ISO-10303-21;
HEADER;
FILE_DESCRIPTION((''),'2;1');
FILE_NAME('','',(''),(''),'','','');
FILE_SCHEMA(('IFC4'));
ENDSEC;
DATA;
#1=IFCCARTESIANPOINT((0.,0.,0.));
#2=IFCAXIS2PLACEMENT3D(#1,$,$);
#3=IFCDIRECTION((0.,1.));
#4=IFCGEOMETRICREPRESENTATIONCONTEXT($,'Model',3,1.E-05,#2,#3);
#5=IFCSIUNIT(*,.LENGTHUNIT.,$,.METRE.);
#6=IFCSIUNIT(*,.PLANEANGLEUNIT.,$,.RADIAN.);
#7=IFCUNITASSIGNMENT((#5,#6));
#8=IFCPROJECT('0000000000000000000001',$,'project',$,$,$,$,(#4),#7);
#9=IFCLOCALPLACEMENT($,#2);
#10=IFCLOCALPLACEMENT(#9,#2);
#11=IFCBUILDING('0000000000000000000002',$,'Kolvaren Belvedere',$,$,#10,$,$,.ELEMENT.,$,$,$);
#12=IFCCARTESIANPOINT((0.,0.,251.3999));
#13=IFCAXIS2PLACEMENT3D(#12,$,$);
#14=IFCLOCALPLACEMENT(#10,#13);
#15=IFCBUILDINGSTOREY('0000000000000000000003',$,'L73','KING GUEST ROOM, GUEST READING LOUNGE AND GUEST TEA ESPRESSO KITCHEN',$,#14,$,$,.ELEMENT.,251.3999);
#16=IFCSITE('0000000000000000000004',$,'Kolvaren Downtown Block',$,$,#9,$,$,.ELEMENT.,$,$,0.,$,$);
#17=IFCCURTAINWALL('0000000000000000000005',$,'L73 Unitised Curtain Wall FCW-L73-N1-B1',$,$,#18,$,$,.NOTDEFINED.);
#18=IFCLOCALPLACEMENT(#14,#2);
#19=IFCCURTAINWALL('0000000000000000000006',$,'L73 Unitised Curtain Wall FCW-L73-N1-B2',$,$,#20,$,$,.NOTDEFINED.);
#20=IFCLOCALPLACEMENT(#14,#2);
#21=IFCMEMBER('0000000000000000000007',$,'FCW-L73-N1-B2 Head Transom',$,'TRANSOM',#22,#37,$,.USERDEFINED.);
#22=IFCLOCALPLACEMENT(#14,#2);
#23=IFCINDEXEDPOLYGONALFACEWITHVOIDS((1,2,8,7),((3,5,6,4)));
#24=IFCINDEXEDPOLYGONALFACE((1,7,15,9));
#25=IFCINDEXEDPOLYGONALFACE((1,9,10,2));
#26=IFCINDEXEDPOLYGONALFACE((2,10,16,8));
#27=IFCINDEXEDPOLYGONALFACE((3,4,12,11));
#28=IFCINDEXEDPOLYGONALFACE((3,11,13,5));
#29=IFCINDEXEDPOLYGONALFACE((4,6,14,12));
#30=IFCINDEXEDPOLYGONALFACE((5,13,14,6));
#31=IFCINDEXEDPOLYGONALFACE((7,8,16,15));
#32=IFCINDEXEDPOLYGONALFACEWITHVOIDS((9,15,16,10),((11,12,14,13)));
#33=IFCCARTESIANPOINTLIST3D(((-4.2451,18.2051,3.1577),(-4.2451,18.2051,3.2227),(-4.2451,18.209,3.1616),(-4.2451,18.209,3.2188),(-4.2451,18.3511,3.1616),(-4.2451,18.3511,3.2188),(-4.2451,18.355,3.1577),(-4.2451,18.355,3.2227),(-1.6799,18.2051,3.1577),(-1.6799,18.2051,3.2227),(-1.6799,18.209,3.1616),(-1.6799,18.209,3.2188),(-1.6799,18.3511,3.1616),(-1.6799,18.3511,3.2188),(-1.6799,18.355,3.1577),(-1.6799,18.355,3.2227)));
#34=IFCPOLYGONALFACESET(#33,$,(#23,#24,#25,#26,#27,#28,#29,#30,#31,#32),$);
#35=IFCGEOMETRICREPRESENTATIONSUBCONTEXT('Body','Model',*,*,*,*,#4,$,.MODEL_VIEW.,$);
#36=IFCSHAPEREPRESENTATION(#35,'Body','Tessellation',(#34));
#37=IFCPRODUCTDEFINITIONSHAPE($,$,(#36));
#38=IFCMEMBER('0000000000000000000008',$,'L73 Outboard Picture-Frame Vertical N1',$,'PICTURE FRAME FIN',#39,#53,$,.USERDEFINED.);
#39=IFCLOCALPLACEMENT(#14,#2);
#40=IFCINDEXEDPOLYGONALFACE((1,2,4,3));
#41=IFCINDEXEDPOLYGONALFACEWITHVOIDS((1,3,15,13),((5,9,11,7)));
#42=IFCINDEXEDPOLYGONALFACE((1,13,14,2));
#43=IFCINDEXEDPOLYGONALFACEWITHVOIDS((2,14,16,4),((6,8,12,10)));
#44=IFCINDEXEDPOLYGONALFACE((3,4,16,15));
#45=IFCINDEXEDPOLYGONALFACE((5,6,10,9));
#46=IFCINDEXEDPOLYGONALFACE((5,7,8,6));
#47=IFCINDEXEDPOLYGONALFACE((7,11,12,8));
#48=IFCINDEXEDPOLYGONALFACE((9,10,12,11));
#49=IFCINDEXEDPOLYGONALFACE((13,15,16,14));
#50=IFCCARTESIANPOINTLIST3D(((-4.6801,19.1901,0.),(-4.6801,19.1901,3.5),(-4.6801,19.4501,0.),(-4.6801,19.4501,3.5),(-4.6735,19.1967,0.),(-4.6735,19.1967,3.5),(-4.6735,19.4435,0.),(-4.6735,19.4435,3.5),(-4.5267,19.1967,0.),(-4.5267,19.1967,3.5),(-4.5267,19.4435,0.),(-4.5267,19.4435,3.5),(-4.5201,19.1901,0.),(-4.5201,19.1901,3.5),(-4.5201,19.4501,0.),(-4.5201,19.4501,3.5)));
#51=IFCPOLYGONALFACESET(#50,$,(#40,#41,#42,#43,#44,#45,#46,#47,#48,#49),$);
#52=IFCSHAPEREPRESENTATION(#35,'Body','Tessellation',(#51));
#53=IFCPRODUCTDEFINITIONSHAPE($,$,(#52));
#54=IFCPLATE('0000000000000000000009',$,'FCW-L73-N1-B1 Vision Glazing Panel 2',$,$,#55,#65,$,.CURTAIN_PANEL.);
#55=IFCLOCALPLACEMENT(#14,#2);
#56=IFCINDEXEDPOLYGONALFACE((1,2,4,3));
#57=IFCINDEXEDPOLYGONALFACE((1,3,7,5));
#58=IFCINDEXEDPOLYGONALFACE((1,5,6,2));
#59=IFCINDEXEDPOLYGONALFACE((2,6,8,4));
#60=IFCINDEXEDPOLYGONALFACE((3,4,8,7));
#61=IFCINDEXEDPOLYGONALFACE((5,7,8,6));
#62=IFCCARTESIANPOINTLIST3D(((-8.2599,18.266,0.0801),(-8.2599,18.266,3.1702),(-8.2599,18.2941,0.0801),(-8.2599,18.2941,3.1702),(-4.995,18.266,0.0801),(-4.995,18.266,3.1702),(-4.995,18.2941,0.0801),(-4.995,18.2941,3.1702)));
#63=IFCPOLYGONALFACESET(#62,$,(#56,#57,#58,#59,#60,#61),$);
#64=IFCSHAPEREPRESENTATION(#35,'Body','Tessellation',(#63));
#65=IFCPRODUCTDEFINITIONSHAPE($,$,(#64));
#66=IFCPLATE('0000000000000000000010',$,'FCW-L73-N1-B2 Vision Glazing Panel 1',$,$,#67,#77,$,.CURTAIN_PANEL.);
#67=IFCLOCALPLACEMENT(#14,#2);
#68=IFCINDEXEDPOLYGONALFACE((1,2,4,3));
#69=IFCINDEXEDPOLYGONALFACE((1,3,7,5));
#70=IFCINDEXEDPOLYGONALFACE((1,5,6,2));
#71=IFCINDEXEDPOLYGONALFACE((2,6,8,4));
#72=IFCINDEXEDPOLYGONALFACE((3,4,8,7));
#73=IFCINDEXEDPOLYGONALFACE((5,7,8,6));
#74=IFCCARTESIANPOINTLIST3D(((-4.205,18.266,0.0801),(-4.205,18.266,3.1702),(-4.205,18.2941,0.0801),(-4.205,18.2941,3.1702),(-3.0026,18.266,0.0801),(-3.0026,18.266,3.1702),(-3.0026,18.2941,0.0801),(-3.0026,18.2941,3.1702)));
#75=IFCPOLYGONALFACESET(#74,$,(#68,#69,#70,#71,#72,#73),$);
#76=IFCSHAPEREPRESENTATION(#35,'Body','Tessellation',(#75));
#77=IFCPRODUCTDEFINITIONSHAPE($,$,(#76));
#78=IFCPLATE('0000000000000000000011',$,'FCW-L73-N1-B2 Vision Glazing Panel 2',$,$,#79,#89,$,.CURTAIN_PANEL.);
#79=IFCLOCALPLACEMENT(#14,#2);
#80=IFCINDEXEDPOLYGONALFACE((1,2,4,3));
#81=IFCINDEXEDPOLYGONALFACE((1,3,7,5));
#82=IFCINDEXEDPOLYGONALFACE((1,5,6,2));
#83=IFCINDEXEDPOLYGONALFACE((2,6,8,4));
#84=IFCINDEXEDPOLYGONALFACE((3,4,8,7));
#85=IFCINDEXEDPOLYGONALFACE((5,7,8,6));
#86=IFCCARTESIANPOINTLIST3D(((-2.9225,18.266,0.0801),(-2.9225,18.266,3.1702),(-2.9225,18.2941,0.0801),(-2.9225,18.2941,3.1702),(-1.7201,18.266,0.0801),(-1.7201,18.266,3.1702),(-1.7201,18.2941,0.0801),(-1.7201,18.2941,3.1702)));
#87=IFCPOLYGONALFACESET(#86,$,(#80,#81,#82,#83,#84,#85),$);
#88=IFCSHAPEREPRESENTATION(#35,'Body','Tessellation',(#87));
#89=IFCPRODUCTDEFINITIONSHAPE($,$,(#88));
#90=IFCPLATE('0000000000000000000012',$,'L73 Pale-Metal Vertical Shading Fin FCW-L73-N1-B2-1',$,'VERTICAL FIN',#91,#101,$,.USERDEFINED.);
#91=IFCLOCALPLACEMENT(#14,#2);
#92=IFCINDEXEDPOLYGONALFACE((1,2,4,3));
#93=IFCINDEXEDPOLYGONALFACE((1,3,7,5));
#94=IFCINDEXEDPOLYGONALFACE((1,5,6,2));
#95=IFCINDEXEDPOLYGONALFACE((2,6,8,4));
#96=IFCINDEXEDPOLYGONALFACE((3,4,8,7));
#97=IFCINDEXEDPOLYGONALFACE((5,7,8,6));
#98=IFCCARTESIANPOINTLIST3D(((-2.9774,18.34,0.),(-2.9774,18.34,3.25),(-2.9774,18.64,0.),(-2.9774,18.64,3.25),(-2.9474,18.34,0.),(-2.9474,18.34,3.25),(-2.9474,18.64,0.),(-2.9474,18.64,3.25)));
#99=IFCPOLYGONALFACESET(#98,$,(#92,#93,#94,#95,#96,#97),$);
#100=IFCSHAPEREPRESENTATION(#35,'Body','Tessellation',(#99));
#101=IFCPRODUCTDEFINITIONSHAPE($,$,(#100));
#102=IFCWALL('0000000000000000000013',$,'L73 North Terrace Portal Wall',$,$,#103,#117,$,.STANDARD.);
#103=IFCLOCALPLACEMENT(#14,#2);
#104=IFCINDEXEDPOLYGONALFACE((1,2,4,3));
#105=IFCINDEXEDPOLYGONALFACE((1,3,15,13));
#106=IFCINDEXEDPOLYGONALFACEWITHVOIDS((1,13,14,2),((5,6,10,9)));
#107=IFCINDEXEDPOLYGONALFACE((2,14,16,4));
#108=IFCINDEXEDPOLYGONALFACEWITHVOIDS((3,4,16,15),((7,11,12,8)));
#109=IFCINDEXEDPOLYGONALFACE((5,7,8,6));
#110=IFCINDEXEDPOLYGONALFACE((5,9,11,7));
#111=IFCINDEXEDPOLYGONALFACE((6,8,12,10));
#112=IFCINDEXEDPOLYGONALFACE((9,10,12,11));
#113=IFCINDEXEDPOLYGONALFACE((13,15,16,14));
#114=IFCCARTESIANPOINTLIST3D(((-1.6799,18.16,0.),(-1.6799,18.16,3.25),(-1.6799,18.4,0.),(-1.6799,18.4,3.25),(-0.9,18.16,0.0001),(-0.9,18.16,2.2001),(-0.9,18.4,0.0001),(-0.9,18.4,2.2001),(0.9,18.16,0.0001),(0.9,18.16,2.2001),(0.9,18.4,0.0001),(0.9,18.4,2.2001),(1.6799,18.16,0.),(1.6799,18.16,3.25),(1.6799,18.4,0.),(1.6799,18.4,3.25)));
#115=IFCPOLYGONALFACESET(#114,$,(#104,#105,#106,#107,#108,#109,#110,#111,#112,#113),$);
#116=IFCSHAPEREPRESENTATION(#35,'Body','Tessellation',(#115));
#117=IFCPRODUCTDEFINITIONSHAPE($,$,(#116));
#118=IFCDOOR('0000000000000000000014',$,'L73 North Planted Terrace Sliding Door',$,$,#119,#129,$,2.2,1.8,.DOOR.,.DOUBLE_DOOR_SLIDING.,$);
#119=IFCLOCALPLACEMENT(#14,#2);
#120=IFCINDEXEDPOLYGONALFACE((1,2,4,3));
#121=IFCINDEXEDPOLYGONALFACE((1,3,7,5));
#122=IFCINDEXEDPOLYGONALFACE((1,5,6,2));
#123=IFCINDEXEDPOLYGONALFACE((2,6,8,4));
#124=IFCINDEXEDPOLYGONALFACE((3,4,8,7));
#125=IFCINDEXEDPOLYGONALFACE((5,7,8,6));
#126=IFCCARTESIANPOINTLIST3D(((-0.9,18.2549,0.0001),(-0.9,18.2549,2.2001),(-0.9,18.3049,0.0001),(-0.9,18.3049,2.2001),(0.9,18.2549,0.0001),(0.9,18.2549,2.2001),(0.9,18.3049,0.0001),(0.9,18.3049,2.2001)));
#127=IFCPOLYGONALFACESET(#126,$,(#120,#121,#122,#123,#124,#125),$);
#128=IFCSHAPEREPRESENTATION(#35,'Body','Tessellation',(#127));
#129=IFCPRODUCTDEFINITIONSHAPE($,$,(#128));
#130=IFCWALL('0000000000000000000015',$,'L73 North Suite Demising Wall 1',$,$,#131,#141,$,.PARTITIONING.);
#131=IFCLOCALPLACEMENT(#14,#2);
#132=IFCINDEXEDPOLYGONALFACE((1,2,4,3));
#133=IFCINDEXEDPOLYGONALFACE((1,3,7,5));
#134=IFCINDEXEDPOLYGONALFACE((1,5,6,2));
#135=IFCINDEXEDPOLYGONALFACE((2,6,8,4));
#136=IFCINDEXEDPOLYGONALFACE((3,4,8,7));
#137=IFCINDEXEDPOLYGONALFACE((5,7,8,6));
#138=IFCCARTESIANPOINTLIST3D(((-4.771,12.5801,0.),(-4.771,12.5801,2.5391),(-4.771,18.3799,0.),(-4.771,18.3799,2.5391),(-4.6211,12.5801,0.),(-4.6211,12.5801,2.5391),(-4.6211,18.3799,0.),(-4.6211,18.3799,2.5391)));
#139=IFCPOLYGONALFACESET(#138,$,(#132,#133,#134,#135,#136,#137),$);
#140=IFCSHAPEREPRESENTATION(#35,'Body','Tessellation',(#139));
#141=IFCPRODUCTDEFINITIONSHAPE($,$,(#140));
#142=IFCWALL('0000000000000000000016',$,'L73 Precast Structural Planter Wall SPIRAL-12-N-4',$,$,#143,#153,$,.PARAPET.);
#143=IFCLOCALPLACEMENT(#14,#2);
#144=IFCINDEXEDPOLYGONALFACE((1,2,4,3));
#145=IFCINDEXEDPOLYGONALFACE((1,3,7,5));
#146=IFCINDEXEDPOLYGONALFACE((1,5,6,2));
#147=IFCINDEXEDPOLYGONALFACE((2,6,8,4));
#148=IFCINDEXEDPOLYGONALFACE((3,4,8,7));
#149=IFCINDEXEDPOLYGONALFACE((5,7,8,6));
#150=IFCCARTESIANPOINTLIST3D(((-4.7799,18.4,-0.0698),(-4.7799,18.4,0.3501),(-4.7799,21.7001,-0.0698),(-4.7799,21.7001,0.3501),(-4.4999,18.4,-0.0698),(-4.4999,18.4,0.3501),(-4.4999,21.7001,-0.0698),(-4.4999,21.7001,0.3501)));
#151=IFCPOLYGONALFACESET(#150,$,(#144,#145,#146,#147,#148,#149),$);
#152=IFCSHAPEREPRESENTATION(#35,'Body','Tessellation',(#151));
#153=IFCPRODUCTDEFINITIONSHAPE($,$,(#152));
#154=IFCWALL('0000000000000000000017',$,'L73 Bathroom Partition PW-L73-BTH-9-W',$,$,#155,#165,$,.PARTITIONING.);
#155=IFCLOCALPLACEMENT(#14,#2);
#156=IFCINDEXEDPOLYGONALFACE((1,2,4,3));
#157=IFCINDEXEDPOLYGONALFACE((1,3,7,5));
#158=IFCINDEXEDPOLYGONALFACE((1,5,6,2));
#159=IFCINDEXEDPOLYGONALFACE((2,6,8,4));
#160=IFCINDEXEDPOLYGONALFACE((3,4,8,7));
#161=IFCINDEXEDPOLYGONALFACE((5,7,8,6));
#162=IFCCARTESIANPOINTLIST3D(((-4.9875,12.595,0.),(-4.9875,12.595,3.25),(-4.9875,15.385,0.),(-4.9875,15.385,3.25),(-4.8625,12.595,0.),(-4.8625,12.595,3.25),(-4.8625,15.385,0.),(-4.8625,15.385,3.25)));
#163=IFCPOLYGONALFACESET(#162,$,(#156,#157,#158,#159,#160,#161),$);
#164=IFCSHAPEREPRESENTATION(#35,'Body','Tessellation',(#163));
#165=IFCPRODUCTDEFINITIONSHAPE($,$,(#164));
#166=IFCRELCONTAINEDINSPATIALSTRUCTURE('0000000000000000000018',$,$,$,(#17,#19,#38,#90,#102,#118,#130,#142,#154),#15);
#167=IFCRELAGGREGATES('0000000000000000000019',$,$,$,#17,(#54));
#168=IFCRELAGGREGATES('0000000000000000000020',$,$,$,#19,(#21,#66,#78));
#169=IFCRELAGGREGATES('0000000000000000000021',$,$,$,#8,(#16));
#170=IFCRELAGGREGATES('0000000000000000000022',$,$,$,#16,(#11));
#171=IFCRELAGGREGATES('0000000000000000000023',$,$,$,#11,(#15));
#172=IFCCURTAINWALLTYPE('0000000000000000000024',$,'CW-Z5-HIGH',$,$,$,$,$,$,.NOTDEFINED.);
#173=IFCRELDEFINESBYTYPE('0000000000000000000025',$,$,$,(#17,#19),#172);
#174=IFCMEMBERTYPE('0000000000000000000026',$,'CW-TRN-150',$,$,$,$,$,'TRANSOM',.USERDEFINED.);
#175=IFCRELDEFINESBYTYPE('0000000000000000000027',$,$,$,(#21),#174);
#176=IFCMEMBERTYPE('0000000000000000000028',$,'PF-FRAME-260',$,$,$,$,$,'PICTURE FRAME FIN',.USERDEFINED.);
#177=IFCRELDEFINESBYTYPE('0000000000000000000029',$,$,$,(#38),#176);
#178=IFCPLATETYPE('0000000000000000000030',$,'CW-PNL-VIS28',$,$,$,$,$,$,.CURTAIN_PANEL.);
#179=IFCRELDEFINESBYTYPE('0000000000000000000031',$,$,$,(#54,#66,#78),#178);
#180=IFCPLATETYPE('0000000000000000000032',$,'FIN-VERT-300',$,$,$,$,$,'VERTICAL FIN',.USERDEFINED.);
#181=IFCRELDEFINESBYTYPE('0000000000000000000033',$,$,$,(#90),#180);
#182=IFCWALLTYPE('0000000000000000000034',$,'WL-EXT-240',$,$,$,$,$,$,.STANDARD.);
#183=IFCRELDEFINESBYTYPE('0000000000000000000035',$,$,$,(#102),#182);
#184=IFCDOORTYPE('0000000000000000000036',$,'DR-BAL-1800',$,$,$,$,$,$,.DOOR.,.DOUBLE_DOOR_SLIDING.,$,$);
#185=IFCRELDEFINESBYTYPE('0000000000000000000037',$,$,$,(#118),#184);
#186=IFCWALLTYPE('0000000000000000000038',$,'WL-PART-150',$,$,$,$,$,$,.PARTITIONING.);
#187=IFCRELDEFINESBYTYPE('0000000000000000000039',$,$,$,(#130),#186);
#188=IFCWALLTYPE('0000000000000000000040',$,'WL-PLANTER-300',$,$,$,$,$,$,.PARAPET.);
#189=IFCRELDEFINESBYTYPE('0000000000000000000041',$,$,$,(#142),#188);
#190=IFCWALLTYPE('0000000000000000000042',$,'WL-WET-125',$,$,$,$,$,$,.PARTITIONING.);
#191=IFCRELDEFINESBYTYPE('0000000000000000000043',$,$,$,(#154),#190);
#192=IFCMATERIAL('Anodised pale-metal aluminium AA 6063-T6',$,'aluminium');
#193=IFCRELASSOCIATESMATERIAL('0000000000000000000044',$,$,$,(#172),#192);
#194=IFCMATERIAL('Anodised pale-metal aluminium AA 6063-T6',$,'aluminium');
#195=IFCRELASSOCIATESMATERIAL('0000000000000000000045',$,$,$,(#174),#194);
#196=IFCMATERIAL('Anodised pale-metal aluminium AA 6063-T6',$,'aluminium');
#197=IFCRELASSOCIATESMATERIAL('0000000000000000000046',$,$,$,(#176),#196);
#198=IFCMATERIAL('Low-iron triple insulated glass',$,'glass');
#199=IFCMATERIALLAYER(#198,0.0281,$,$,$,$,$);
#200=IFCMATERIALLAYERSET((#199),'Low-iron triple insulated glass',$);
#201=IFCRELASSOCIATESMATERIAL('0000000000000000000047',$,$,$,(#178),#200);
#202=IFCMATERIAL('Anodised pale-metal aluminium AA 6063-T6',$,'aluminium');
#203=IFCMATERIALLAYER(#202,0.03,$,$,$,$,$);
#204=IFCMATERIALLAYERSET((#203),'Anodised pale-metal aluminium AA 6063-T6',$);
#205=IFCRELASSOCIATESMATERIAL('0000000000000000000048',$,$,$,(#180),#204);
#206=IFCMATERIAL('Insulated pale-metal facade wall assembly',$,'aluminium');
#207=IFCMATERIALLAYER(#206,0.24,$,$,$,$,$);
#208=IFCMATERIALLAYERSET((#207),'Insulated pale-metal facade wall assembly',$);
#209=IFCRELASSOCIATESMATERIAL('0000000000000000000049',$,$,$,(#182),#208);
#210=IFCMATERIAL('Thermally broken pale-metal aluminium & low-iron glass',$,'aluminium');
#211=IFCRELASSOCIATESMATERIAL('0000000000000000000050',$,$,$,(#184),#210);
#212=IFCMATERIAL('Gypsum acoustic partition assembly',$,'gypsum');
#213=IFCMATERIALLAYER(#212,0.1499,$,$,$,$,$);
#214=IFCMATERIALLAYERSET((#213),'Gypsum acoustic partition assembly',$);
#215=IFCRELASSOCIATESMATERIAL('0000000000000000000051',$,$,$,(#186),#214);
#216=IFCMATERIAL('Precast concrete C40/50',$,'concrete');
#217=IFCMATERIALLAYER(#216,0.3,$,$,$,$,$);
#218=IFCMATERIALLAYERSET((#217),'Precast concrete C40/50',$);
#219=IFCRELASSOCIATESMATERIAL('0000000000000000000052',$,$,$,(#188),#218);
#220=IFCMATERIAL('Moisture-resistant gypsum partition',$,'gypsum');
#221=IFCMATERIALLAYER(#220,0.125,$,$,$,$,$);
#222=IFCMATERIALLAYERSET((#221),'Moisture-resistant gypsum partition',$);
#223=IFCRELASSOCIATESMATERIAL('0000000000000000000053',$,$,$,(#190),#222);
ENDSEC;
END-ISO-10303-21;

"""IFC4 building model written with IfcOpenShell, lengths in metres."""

from ifc_helpers import new_model, si_unit, direction, frame, frame_2d, origin, origin_2d, place, context, subcontext, project, spatial, rectangle, hollow_rectangle, extrude, material, layer, layer_set, material_profile, profile_set, type_object, element, fill, aggregate, save


model = new_model("IFC4")

# Units and contexts
model_context = context("Model", 3, precision=1e-05, world=origin(), true_north=direction((0.0, 1.0)))
body_context = subcontext(model_context, "Body", "Model", "MODEL_VIEW")
ifc_project = project(units=[si_unit("LENGTHUNIT", "METRE"), si_unit("PLANEANGLEUNIT", "RADIAN")], contexts=[model_context])

# Site, building, storey
site_placement = place(None, origin())
site = spatial("IfcSite", under=ifc_project, at=site_placement, Name="Kolvaren Downtown Block", CompositionType="ELEMENT", RefElevation=0.0)
building_placement = place(site_placement, origin())
building = spatial("IfcBuilding", under=site, at=building_placement, Name="Kolvaren Belvedere", CompositionType="ELEMENT")
storey_placement = place(building_placement, frame((0.0, 0.0, 251.3999)))
storey = spatial("IfcBuildingStorey", under=building, at=storey_placement, Name="L73", Description="KING GUEST ROOM, GUEST READING LOUNGE AND GUEST TEA ESPRESSO KITCHEN", CompositionType="ELEMENT", Elevation=251.3999)

# Curtain wall
ifc_material_1 = material(Name="Anodised pale-metal aluminium AA 6063-T6", Category="aluminium")
curtain_wall_type = type_object("IfcCurtainWallType", Name="CW-Z5-HIGH", PredefinedType="NOTDEFINED", material=ifc_material_1)
curtain_wall_1_placement = place(storey_placement, origin())
curtain_wall_1 = element("IfcCurtainWall", 1, at=curtain_wall_1_placement, inside=storey, type_object=curtain_wall_type, Name="L73 Unitised Curtain Wall FCW-L73-N1-B1", PredefinedType="NOTDEFINED")

# Curtain wall, member
curtain_wall_2_placement = place(storey_placement, origin())
curtain_wall_2 = element("IfcCurtainWall", 2, at=curtain_wall_2_placement, inside=storey, type_object=curtain_wall_type, Name="L73 Unitised Curtain Wall FCW-L73-N1-B2", PredefinedType="NOTDEFINED")
ifc_material_2 = material(Name="Anodised pale-metal aluminium AA 6063-T6", Category="aluminium")
ifc_material_profile_1 = material_profile(ifc_material_2, hollow_rectangle(XDim=0.0649, YDim=0.1499, WallThickness=0.0039, at=origin_2d()), Name="ALU-TRN-150X65")
ifc_profile_set_1 = profile_set([ifc_material_profile_1], Name="Anodised pale-metal aluminium AA 6063-T6")
member_type_1 = type_object("IfcMemberType", Name="CW-TRN-150", ElementType="TRANSOM", PredefinedType="USERDEFINED", material=ifc_profile_set_1)
member_1_placement = place(storey_placement, frame((-4.2451, 18.28, 3.1902), z_axis=(1.0, 0.0, 0.0), x_axis=(0.0, 0.0, 1.0)))
member_1 = element("IfcMember", 3, at=member_1_placement, type_object=member_type_1, Name="FCW-L73-N1-B2 Head Transom", ObjectType="TRANSOM", PredefinedType="USERDEFINED", context=body_context, shape_type="SweptSolid", body=[
    extrude(hollow_rectangle(XDim=0.0649, YDim=0.1499, WallThickness=0.0039, at=origin_2d()), origin(), (0.0, 0.0, 1.0), 2.5652),
])

# Member
ifc_material_3 = material(Name="Anodised pale-metal aluminium AA 6063-T6", Category="aluminium")
ifc_material_profile_2 = material_profile(ifc_material_3, hollow_rectangle(XDim=0.1599, YDim=0.26, WallThickness=0.0066, at=origin_2d()), Name="ALU-PF-260X160")
ifc_profile_set_2 = profile_set([ifc_material_profile_2], Name="Anodised pale-metal aluminium AA 6063-T6")
member_type_2 = type_object("IfcMemberType", Name="PF-FRAME-260", ElementType="PICTURE FRAME FIN", PredefinedType="USERDEFINED", material=ifc_profile_set_2)
member_2_placement = place(storey_placement, frame((-4.6001, 19.3201, 0.0), z_axis=(0.0, 0.0, 1.0), x_axis=(1.0, 0.0, 0.0)))
element("IfcMember", 4, at=member_2_placement, inside=storey, type_object=member_type_2, Name="L73 Outboard Picture-Frame Vertical N1", ObjectType="PICTURE FRAME FIN", PredefinedType="USERDEFINED", context=body_context, shape_type="SweptSolid", body=[
    extrude(hollow_rectangle(XDim=0.1599, YDim=0.26, WallThickness=0.0066, at=origin_2d()), origin(), (0.0, 0.0, 1.0), 3.5),
])

# Plates
ifc_material_4 = material(Name="Low-iron triple insulated glass", Category="glass")
ifc_layer_1 = layer(ifc_material_4, 0.0281)
ifc_layer_set_1 = layer_set([ifc_layer_1], Name="Low-iron triple insulated glass")
plate_type_1 = type_object("IfcPlateType", Name="CW-PNL-VIS28", PredefinedType="CURTAIN_PANEL", material=ifc_layer_set_1)
plate_1_placement = place(storey_placement, frame((-6.6274, 18.28, 0.0801), z_axis=(0.0, 0.0, 1.0), x_axis=(1.0, 0.0, 0.0)))
plate_1 = element("IfcPlate", 5, at=plate_1_placement, type_object=plate_type_1, Name="FCW-L73-N1-B1 Vision Glazing Panel 2", PredefinedType="CURTAIN_PANEL", context=body_context, shape_type="SweptSolid", body=[
    extrude(rectangle(XDim=3.2649, YDim=0.0281, at=origin_2d()), origin(), (0.0, 0.0, 1.0), 3.0901),
])
aggregate(curtain_wall_1, [plate_1])
plate_2_placement = place(storey_placement, frame((-3.6038, 18.28, 0.0801), z_axis=(0.0, 0.0, 1.0), x_axis=(1.0, 0.0, 0.0)))
plate_2 = element("IfcPlate", 6, at=plate_2_placement, type_object=plate_type_1, Name="FCW-L73-N1-B2 Vision Glazing Panel 1", PredefinedType="CURTAIN_PANEL", context=body_context, shape_type="SweptSolid", body=[
    extrude(rectangle(XDim=1.2024, YDim=0.0281, at=origin_2d()), origin(), (0.0, 0.0, 1.0), 3.0901),
])
plate_3_placement = place(storey_placement, frame((-2.3213, 18.28, 0.0801), z_axis=(0.0, 0.0, 1.0), x_axis=(1.0, 0.0, 0.0)))
plate_3 = element("IfcPlate", 7, at=plate_3_placement, type_object=plate_type_1, Name="FCW-L73-N1-B2 Vision Glazing Panel 2", PredefinedType="CURTAIN_PANEL", context=body_context, shape_type="SweptSolid", body=[
    extrude(rectangle(XDim=1.2024, YDim=0.0281, at=origin_2d()), origin(), (0.0, 0.0, 1.0), 3.0901),
])
aggregate(curtain_wall_2, [member_1, plate_2, plate_3])
ifc_material_5 = material(Name="Anodised pale-metal aluminium AA 6063-T6", Category="aluminium")
ifc_layer_2 = layer(ifc_material_5, 0.03)
ifc_layer_set_2 = layer_set([ifc_layer_2], Name="Anodised pale-metal aluminium AA 6063-T6")
plate_type_2 = type_object("IfcPlateType", Name="FIN-VERT-300", ElementType="VERTICAL FIN", PredefinedType="USERDEFINED", material=ifc_layer_set_2)
plate_4_placement = place(storey_placement, frame((-2.9624, 18.49, 0.0), z_axis=(0.0, 0.0, 1.0), x_axis=(0.0, 1.0, 0.0)))
element("IfcPlate", 8, at=plate_4_placement, inside=storey, type_object=plate_type_2, Name="L73 Pale-Metal Vertical Shading Fin FCW-L73-N1-B2-1", ObjectType="VERTICAL FIN", PredefinedType="USERDEFINED", context=body_context, shape_type="SweptSolid", body=[
    extrude(rectangle(XDim=0.3, YDim=0.03, at=origin_2d()), origin(), (0.0, 0.0, 1.0), 3.25),
])

# Wall, opening, door
ifc_material_6 = material(Name="Insulated pale-metal facade wall assembly", Category="aluminium")
ifc_layer_3 = layer(ifc_material_6, 0.24)
ifc_layer_set_3 = layer_set([ifc_layer_3], Name="Insulated pale-metal facade wall assembly")
wall_type_1 = type_object("IfcWallType", Name="WL-EXT-240", PredefinedType="STANDARD", material=ifc_layer_set_3)
wall_1_placement = place(storey_placement, frame((-1.6799, 18.28, 0.0), z_axis=(0.0, 0.0, 1.0), x_axis=(1.0, 0.0, 0.0)))
wall_1 = element("IfcWall", 9, at=wall_1_placement, inside=storey, type_object=wall_type_1, Name="L73 North Terrace Portal Wall", PredefinedType="STANDARD", context=body_context, shape_type="SweptSolid", body=[
    extrude(rectangle(XDim=3.3599, YDim=0.24, at=frame_2d((1.6799, 0.0))), origin(), (0.0, 0.0, 1.0), 3.25),
])
opening_1_placement = place(wall_1_placement, frame((0.78, 0.0, 0.0)))
opening_1 = element("IfcOpeningElement", 10, at=opening_1_placement, cuts=wall_1, PredefinedType="OPENING", context=body_context, shape_type="SweptSolid", body=[
    extrude(rectangle(XDim=1.8, YDim=2.2, at=frame_2d((0.8999, 1.1001))), frame((0.0, 0.1299, 0.0), z_axis=(0.0, -1.0, 0.0), x_axis=(1.0, 0.0, 0.0)), (0.0, 0.0, 1.0), 0.26),
])
ifc_material_7 = material(Name="Thermally broken pale-metal aluminium & low-iron glass", Category="aluminium")
door_type_1 = type_object("IfcDoorType", Name="DR-BAL-1800", OperationType="DOUBLE_DOOR_SLIDING", PredefinedType="DOOR", material=ifc_material_7)
door_1_placement = place(opening_1_placement, origin())
door_1 = element("IfcDoor", 11, at=door_1_placement, inside=storey, type_object=door_type_1, Name="L73 North Planted Terrace Sliding Door", OperationType="DOUBLE_DOOR_SLIDING", OverallHeight=2.2, OverallWidth=1.8, PredefinedType="DOOR", context=body_context, shape_type="SweptSolid", body=[
    extrude(rectangle(XDim=1.8, YDim=2.2, at=frame_2d((0.8999, 1.1001))), frame((0.0, 0.0249, 0.0), z_axis=(0.0, -1.0, 0.0), x_axis=(1.0, 0.0, 0.0)), (0.0, 0.0, 1.0), 0.05),
])
fill(opening_1, door_1)

# Walls
ifc_material_8 = material(Name="Gypsum acoustic partition assembly", Category="gypsum")
ifc_layer_4 = layer(ifc_material_8, 0.1499)
ifc_layer_set_4 = layer_set([ifc_layer_4], Name="Gypsum acoustic partition assembly")
wall_type_2 = type_object("IfcWallType", Name="WL-PART-150", PredefinedType="PARTITIONING", material=ifc_layer_set_4)
wall_2_placement = place(storey_placement, frame((-4.696, 12.5801, 0.0), z_axis=(0.0, 0.0, 1.0), x_axis=(0.0, 1.0, 0.0)))
element("IfcWall", 12, at=wall_2_placement, inside=storey, type_object=wall_type_2, Name="L73 North Suite Demising Wall 1", PredefinedType="PARTITIONING", context=body_context, shape_type="SweptSolid", body=[
    extrude(rectangle(XDim=5.7998, YDim=0.1499, at=frame_2d((2.8999, 0.0))), origin(), (0.0, 0.0, 1.0), 2.5391),
])
ifc_material_9 = material(Name="Precast concrete C40/50", Category="concrete")
ifc_layer_5 = layer(ifc_material_9, 0.3)
ifc_layer_set_5 = layer_set([ifc_layer_5], Name="Precast concrete C40/50")
wall_type_3 = type_object("IfcWallType", Name="WL-PLANTER-300", PredefinedType="PARAPET", material=ifc_layer_set_5)
wall_3_placement = place(storey_placement, frame((-4.6399, 21.7, -0.0698), z_axis=(0.0, 0.0, 1.0), x_axis=(0.0, -1.0, 0.0)))
element("IfcWall", 13, at=wall_3_placement, inside=storey, type_object=wall_type_3, Name="L73 Precast Structural Planter Wall SPIRAL-12-N-4", PredefinedType="PARAPET", context=body_context, shape_type="SweptSolid", body=[
    extrude(rectangle(XDim=3.3, YDim=0.28, at=frame_2d((1.6499, 0.0))), origin(), (0.0, 0.0, 1.0), 0.4199),
])
ifc_material_10 = material(Name="Moisture-resistant gypsum partition", Category="gypsum")
ifc_layer_6 = layer(ifc_material_10, 0.125)
ifc_layer_set_6 = layer_set([ifc_layer_6], Name="Moisture-resistant gypsum partition")
wall_type_4 = type_object("IfcWallType", Name="WL-WET-125", PredefinedType="PARTITIONING", material=ifc_layer_set_6)
wall_4_placement = place(storey_placement, frame((-4.925, 12.595, 0.0), z_axis=(0.0, 0.0, 1.0), x_axis=(0.0, 1.0, 0.0)))
element("IfcWall", 14, at=wall_4_placement, inside=storey, type_object=wall_type_4, Name="L73 Bathroom Partition PW-L73-BTH-9-W", PredefinedType="PARTITIONING", context=body_context, shape_type="SweptSolid", body=[
    extrude(rectangle(XDim=2.79, YDim=0.125, at=frame_2d((1.395, 0.0))), origin(), (0.0, 0.0, 1.0), 3.25),
])

save(model, "model.ifc")
